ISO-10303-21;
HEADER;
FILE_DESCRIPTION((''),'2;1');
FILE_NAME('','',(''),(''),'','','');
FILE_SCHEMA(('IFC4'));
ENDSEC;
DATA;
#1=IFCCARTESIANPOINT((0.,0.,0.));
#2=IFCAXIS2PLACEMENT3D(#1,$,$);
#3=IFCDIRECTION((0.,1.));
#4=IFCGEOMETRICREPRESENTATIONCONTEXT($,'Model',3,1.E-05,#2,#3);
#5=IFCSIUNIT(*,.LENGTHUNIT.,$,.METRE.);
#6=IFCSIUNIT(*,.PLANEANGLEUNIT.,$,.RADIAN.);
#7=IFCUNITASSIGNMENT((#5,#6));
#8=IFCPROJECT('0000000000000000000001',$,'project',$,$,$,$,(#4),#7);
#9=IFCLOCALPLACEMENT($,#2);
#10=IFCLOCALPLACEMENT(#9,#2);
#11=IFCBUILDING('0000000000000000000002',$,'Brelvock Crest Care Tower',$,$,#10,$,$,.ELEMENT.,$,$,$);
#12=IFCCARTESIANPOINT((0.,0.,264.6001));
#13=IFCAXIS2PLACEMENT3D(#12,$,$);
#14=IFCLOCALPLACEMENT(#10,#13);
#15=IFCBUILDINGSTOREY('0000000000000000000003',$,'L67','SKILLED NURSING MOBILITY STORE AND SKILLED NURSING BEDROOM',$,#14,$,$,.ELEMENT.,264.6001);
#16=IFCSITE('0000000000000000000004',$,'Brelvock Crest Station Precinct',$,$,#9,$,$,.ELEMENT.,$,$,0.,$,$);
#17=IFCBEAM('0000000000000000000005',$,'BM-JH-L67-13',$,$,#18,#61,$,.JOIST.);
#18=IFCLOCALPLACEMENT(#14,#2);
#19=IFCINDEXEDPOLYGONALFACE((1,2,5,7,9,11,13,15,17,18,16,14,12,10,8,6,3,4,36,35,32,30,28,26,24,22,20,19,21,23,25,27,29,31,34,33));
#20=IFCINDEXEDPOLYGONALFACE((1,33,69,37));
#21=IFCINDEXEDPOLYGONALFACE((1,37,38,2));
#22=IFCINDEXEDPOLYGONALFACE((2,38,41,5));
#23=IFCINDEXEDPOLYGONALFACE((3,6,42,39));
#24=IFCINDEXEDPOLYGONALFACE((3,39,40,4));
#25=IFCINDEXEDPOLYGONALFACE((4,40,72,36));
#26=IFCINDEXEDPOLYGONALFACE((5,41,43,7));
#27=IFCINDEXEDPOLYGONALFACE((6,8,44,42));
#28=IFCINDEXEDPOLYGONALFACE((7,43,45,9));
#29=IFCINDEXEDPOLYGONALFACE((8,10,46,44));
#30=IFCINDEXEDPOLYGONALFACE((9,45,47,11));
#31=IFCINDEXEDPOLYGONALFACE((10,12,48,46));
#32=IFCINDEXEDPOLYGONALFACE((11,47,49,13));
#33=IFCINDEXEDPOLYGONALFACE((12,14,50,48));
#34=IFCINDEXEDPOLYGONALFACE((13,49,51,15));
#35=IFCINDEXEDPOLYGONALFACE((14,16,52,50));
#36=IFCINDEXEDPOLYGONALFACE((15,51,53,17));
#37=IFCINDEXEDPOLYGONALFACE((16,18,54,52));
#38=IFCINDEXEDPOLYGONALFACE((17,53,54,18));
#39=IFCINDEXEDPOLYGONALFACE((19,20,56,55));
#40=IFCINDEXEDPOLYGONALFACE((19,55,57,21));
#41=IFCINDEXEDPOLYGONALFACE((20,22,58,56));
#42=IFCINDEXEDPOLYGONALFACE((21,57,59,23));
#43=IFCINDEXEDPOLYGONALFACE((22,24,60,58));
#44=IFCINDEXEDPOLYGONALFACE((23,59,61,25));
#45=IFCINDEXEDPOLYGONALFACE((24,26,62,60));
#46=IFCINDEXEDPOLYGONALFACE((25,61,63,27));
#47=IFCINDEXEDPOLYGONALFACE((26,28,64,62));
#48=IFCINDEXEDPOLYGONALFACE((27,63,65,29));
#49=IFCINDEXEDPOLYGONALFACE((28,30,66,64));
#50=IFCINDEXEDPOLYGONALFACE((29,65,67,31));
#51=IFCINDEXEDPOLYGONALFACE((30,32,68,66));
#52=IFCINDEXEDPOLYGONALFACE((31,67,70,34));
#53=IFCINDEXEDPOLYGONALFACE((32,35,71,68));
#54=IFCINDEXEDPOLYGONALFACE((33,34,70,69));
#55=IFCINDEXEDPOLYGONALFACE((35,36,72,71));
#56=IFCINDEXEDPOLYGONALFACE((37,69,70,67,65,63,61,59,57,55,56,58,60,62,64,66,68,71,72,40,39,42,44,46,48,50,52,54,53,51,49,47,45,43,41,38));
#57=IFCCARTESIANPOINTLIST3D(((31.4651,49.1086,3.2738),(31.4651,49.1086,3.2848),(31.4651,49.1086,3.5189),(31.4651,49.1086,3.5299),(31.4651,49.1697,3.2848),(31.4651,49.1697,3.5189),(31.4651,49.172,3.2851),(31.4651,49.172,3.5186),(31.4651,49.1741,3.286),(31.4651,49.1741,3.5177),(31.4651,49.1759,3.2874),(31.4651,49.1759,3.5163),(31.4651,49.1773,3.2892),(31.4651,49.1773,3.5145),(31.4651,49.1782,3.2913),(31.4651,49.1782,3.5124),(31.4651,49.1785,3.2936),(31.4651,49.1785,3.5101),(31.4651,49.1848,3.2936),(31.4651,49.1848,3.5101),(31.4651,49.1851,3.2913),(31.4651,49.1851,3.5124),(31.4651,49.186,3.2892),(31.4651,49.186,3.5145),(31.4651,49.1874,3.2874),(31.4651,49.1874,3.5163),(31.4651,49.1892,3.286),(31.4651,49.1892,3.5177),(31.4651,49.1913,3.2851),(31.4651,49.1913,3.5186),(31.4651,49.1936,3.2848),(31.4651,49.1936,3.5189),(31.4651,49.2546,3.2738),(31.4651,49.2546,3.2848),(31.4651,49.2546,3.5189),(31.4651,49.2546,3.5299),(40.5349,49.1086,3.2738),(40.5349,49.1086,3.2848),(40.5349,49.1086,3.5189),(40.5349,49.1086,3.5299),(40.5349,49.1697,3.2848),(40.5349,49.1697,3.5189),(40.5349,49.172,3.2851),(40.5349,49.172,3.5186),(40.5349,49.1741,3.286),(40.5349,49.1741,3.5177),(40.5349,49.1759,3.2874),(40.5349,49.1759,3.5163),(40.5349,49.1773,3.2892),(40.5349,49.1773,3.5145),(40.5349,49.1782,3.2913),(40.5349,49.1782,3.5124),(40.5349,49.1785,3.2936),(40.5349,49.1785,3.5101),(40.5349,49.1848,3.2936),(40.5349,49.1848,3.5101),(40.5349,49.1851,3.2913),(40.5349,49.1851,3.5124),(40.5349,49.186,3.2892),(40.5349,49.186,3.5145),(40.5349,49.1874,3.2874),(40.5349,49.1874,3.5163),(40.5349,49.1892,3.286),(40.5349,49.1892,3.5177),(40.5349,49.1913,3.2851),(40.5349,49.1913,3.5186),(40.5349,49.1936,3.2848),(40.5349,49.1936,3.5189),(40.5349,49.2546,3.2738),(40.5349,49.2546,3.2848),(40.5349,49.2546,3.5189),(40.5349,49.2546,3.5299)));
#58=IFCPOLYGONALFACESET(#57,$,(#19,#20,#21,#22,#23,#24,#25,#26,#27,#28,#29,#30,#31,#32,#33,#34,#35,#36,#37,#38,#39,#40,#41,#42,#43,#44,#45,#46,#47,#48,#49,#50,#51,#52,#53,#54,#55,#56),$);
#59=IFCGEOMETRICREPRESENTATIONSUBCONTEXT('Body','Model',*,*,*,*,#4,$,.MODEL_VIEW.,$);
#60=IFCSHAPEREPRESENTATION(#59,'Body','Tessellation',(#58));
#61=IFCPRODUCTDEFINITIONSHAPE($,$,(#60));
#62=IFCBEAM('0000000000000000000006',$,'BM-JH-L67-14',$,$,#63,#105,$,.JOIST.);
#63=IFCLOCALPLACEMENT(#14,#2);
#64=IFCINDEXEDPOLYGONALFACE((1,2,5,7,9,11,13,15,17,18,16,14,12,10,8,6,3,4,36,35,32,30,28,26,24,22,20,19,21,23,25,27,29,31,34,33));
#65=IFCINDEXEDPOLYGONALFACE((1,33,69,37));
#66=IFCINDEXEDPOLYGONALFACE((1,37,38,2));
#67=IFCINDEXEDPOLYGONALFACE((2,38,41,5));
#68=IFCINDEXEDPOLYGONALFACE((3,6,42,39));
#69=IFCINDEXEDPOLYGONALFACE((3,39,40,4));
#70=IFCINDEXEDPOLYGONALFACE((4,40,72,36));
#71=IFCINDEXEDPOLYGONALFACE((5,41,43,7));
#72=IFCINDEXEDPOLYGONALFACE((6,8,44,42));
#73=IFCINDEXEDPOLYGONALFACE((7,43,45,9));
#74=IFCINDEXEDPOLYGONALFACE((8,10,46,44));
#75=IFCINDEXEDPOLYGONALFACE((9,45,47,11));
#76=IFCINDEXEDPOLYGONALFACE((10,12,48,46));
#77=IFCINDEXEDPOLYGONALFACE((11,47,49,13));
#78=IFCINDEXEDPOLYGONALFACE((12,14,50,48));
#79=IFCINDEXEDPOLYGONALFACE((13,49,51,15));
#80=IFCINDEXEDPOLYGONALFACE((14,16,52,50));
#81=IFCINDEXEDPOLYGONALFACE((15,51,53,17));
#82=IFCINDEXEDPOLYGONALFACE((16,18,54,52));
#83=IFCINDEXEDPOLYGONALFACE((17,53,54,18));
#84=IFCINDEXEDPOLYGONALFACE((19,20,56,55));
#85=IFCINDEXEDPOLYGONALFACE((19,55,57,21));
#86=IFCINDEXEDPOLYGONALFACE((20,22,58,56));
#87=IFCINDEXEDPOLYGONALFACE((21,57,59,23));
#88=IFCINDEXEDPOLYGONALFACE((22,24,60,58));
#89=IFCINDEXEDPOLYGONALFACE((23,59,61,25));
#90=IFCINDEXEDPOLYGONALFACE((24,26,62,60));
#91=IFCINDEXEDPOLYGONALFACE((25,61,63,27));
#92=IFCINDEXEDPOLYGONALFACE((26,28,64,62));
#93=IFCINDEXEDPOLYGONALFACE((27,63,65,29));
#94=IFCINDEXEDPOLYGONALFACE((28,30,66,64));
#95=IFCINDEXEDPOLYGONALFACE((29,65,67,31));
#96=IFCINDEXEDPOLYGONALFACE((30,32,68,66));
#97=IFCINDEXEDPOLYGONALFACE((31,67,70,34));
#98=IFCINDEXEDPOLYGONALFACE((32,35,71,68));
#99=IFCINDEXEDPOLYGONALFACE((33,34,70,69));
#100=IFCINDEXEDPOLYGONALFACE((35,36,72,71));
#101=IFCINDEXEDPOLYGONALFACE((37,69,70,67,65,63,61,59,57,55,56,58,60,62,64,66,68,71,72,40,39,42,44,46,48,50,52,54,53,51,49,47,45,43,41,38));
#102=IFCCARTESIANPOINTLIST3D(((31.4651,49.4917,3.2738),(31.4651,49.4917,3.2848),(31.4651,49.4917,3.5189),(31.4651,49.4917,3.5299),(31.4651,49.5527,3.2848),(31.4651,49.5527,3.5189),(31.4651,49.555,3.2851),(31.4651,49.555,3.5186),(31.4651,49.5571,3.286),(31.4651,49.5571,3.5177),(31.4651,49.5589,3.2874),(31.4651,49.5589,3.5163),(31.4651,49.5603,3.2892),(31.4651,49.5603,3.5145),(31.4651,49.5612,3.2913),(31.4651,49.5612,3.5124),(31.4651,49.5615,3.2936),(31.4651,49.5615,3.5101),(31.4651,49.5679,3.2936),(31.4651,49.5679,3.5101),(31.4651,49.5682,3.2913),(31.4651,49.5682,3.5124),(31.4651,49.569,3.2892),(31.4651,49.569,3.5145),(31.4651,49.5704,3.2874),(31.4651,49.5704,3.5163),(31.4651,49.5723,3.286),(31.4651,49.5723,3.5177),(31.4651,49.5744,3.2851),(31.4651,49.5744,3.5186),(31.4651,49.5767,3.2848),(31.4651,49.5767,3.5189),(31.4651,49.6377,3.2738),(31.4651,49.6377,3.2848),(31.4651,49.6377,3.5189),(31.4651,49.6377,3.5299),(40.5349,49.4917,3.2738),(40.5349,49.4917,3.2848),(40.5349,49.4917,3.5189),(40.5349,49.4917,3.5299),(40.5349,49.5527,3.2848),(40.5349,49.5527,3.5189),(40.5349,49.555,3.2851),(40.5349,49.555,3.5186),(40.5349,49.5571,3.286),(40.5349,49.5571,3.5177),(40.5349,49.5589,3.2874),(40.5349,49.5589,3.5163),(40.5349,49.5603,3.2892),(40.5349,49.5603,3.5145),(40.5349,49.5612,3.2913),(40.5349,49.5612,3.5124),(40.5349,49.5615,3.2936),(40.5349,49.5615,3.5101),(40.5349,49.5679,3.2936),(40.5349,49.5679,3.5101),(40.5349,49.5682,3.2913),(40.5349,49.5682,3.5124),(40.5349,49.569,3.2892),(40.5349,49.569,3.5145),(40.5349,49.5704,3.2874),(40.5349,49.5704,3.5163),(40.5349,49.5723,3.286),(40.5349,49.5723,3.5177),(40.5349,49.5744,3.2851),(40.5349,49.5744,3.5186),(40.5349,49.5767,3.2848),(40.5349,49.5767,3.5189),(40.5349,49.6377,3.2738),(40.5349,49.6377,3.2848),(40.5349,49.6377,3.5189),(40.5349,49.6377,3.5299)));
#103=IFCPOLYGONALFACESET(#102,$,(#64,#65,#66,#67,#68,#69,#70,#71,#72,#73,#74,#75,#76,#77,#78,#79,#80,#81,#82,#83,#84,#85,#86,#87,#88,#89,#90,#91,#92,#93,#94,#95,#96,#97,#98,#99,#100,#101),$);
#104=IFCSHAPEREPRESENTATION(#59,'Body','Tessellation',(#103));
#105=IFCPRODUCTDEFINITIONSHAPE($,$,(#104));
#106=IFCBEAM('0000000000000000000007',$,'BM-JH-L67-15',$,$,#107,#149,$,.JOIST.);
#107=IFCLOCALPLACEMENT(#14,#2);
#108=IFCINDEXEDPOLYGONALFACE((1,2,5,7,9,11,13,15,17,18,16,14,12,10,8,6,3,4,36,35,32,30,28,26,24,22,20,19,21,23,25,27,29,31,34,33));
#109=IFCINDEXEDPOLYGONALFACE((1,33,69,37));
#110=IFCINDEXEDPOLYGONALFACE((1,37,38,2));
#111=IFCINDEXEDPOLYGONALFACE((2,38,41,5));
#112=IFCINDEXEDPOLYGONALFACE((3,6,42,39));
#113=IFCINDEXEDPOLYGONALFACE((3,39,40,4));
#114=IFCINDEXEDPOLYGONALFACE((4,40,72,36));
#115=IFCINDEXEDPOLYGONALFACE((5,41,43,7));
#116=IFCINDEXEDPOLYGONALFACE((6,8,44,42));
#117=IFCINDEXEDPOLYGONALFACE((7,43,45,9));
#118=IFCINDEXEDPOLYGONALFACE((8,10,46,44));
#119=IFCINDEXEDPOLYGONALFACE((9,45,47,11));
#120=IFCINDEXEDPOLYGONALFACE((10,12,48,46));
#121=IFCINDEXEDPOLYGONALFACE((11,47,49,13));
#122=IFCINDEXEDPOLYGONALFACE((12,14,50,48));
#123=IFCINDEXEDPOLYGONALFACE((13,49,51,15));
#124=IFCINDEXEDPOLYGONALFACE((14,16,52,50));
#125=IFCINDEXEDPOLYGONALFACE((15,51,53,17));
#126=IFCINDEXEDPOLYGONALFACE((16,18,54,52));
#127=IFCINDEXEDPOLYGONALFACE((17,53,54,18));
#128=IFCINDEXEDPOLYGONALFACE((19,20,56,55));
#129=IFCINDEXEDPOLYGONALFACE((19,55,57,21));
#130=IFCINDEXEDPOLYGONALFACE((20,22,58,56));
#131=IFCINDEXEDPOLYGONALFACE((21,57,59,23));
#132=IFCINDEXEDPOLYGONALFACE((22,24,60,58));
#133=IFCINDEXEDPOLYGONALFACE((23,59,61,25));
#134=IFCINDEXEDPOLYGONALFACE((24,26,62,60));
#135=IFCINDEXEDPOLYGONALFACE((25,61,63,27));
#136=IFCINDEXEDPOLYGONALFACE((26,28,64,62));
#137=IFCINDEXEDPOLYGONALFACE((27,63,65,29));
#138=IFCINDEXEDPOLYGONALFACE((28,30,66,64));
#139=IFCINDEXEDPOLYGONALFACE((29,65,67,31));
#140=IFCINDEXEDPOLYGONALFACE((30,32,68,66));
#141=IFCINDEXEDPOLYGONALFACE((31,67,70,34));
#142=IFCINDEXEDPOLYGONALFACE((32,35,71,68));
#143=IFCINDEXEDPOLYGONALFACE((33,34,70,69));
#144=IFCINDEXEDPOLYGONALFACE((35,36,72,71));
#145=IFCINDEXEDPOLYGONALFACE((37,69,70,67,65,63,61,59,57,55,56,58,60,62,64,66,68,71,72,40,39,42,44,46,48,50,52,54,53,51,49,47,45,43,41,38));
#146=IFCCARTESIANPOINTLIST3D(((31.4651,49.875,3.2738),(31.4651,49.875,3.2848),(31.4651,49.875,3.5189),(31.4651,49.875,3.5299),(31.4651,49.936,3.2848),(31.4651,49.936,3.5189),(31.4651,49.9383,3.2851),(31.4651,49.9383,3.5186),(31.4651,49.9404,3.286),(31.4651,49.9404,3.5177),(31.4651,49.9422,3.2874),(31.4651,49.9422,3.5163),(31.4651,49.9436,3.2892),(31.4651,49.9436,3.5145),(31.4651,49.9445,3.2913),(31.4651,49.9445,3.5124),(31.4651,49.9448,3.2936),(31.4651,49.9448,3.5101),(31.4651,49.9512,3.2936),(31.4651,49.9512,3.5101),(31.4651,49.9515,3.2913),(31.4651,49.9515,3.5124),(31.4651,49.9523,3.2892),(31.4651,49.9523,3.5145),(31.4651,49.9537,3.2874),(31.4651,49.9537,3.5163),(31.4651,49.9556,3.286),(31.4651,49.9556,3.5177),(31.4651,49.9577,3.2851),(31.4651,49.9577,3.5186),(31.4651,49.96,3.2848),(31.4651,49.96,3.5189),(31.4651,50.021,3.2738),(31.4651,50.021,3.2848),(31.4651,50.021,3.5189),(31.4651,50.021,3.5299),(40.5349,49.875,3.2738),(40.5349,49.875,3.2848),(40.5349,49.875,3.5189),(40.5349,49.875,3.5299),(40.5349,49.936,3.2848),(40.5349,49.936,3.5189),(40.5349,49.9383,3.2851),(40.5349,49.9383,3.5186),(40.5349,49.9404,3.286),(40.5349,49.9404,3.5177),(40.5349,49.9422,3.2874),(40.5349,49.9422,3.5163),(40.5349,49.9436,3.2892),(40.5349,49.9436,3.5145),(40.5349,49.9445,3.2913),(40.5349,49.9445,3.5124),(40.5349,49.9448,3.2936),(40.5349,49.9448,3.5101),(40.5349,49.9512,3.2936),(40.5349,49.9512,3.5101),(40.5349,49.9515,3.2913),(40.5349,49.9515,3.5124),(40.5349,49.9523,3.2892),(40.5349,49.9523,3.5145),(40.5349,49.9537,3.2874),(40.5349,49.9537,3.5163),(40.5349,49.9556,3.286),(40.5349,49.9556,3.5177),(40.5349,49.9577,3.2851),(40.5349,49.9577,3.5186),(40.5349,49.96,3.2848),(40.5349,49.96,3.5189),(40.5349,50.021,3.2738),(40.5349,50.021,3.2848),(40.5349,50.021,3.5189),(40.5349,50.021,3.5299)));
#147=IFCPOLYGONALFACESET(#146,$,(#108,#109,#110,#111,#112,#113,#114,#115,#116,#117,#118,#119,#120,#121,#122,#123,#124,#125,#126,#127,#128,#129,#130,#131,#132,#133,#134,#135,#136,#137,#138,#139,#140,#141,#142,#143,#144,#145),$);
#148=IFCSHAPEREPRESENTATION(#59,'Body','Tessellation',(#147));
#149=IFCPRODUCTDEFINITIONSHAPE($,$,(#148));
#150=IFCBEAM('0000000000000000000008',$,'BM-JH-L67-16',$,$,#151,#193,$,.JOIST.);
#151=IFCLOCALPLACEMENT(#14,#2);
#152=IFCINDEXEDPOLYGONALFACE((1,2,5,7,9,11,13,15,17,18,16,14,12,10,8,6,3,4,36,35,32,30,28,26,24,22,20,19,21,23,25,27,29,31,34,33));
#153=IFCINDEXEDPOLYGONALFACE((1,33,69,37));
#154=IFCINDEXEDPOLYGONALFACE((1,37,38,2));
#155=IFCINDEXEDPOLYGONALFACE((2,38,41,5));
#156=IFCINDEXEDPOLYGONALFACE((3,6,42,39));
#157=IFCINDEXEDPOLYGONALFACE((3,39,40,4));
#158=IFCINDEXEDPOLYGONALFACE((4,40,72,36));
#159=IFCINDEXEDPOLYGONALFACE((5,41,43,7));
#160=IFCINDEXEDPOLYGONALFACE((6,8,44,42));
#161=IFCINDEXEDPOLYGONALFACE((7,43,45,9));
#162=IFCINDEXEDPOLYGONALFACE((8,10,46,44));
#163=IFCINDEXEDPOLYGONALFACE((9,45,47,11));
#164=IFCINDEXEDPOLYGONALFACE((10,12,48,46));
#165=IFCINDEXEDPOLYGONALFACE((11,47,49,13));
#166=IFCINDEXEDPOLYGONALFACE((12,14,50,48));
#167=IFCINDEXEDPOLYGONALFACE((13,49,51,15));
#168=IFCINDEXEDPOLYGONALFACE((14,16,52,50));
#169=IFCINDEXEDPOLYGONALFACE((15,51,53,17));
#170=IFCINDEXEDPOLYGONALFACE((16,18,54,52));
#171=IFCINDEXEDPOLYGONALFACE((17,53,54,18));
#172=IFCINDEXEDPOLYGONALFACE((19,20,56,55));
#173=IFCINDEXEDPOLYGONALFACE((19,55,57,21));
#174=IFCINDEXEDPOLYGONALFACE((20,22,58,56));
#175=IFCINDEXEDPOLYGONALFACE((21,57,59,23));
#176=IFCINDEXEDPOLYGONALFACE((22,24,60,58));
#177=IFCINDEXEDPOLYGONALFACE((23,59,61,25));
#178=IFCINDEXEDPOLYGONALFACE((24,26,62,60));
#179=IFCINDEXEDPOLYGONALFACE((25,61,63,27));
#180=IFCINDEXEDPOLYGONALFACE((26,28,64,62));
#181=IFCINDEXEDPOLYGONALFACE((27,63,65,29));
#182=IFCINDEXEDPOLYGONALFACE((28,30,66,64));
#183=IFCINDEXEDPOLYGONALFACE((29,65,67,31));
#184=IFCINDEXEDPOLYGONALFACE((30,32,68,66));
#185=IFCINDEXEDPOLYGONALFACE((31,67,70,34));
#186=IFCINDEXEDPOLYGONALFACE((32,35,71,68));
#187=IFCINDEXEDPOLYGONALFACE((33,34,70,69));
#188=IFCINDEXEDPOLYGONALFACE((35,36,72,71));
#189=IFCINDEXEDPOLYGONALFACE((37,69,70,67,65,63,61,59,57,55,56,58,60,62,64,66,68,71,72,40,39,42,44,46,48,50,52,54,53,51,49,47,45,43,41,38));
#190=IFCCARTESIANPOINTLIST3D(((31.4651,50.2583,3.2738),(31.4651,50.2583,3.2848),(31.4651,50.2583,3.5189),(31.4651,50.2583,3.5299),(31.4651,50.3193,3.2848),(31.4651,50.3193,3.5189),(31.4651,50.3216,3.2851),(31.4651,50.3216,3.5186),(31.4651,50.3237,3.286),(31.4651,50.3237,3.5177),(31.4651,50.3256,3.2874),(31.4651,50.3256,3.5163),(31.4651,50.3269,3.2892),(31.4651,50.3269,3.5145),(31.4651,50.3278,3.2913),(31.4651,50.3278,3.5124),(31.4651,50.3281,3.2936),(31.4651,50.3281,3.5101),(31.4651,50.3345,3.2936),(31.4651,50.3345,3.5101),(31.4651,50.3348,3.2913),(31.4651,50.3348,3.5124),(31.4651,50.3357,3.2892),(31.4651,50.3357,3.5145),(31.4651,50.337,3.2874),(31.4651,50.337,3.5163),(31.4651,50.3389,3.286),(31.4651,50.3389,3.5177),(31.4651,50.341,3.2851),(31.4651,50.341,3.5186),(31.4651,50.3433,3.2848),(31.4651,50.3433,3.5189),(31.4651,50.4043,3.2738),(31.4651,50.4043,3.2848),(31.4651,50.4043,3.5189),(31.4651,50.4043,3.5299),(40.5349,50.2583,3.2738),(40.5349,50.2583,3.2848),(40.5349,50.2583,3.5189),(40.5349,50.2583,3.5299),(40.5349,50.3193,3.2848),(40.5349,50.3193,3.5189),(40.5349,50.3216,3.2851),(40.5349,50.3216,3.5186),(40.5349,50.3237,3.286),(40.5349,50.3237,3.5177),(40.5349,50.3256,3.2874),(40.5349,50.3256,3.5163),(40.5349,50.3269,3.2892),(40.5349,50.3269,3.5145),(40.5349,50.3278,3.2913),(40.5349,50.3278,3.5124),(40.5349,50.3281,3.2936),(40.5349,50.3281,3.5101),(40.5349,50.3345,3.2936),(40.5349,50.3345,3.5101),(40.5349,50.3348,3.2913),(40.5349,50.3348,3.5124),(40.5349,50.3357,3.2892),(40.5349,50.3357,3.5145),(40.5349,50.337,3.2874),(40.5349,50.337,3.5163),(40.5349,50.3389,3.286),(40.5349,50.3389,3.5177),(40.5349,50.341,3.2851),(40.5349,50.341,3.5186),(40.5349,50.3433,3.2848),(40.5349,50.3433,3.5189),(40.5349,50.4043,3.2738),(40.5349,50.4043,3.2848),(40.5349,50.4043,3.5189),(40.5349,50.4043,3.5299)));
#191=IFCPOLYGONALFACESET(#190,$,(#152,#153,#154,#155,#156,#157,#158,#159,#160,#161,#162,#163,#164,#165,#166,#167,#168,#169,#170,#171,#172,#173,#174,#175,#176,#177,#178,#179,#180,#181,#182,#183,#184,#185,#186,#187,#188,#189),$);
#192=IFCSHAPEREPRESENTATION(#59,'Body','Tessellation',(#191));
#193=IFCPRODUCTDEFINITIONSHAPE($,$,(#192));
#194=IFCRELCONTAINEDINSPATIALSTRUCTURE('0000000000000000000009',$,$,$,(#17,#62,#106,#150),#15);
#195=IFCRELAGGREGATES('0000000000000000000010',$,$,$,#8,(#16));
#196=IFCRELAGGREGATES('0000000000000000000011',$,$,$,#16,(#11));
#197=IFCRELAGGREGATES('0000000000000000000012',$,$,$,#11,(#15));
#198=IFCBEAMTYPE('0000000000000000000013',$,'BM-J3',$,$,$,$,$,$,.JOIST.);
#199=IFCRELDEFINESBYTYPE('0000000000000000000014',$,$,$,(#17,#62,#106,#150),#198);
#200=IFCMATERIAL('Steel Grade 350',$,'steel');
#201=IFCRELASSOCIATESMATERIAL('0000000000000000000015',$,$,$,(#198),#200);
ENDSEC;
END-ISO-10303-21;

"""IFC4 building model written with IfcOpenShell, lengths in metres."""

from ifc_helpers import new_model, si_unit, direction, frame, origin, origin_2d, place, context, subcontext, project, spatial, i_section, extrude, source, transform, mapped, material, material_profile, profile_set, type_object, element, save


model = new_model("IFC4")

# Units and contexts
model_context = context("Model", 3, precision=1e-05, world=origin(), true_north=direction((0.0, 1.0)))
body_context = subcontext(model_context, "Body", "Model", "MODEL_VIEW")
ifc_project = project(units=[si_unit("LENGTHUNIT", "METRE"), si_unit("PLANEANGLEUNIT", "RADIAN")], contexts=[model_context])

# Site, building, storey
site_placement = place(None, origin())
site = spatial("IfcSite", under=ifc_project, at=site_placement, Name="Brelvock Crest Station Precinct", CompositionType="ELEMENT", RefElevation=0.0)
building_placement = place(site_placement, origin())
building = spatial("IfcBuilding", under=site, at=building_placement, Name="Brelvock Crest Care Tower", CompositionType="ELEMENT")
storey_placement = place(building_placement, frame((0.0, 0.0, 264.6001)))
storey = spatial("IfcBuildingStorey", under=building, at=storey_placement, Name="L67", Description="SKILLED NURSING MOBILITY STORE AND SKILLED NURSING BEDROOM", CompositionType="ELEMENT", Elevation=264.6001)

# Beams
ifc_material_1 = material(Name="Steel Grade 350", Category="steel")
ifc_material_profile_1 = material_profile(ifc_material_1, i_section(OverallWidth=0.146, OverallDepth=0.2561, WebThickness=0.0063, FlangeThickness=0.011, FilletRadius=0.0088, at=origin_2d()), Name="250UB37.3")
ifc_profile_set_1 = profile_set([ifc_material_profile_1], Name="Steel Grade 350")
beam_type_1 = type_object("IfcBeamType", Name="BM-J3", PredefinedType="JOIST", material=ifc_profile_set_1)
shared_shape_1 = source(origin(), body_context, "Body", "SweptSolid", [
    extrude(i_section(OverallWidth=0.146, OverallDepth=0.2561, WebThickness=0.0063, FlangeThickness=0.011, FilletRadius=0.0088, at=origin_2d()), origin(), (0.0, 0.0, 1.0), 9.0698),
])
for number, where, z_axis, x_axis, name in (
    (1, (31.4651, 49.1816, 3.4019), (1.0, 0.0, 0.0), (0.0, 1.0, 0.0), "BM-JH-L67-13"),
    (2, (31.4651, 49.5647, 3.4019), (1.0, 0.0, 0.0), (0.0, 1.0, 0.0), "BM-JH-L67-14"),
    (3, (31.4651, 49.948, 3.4019), (1.0, 0.0, 0.0), (0.0, 1.0, 0.0), "BM-JH-L67-15"),
    (4, (31.4651, 50.3313, 3.4019), (1.0, 0.0, 0.0), (0.0, 1.0, 0.0), "BM-JH-L67-16"),
):
    element("IfcBeam", number, at=place(storey_placement, frame(where, z_axis=z_axis, x_axis=x_axis)), inside=storey, type_object=beam_type_1, Name=name, PredefinedType="JOIST", context=body_context, shape_type="MappedRepresentation", body=[
        mapped(shared_shape_1, transform((0.0, 0.0, 0.0), x_axis=(1.0, 0.0, 0.0), y_axis=(0.0, 1.0, 0.0), z_axis=(0.0, 0.0, 1.0), scale=1.0)),
    ])

save(model, "model.ifc")
